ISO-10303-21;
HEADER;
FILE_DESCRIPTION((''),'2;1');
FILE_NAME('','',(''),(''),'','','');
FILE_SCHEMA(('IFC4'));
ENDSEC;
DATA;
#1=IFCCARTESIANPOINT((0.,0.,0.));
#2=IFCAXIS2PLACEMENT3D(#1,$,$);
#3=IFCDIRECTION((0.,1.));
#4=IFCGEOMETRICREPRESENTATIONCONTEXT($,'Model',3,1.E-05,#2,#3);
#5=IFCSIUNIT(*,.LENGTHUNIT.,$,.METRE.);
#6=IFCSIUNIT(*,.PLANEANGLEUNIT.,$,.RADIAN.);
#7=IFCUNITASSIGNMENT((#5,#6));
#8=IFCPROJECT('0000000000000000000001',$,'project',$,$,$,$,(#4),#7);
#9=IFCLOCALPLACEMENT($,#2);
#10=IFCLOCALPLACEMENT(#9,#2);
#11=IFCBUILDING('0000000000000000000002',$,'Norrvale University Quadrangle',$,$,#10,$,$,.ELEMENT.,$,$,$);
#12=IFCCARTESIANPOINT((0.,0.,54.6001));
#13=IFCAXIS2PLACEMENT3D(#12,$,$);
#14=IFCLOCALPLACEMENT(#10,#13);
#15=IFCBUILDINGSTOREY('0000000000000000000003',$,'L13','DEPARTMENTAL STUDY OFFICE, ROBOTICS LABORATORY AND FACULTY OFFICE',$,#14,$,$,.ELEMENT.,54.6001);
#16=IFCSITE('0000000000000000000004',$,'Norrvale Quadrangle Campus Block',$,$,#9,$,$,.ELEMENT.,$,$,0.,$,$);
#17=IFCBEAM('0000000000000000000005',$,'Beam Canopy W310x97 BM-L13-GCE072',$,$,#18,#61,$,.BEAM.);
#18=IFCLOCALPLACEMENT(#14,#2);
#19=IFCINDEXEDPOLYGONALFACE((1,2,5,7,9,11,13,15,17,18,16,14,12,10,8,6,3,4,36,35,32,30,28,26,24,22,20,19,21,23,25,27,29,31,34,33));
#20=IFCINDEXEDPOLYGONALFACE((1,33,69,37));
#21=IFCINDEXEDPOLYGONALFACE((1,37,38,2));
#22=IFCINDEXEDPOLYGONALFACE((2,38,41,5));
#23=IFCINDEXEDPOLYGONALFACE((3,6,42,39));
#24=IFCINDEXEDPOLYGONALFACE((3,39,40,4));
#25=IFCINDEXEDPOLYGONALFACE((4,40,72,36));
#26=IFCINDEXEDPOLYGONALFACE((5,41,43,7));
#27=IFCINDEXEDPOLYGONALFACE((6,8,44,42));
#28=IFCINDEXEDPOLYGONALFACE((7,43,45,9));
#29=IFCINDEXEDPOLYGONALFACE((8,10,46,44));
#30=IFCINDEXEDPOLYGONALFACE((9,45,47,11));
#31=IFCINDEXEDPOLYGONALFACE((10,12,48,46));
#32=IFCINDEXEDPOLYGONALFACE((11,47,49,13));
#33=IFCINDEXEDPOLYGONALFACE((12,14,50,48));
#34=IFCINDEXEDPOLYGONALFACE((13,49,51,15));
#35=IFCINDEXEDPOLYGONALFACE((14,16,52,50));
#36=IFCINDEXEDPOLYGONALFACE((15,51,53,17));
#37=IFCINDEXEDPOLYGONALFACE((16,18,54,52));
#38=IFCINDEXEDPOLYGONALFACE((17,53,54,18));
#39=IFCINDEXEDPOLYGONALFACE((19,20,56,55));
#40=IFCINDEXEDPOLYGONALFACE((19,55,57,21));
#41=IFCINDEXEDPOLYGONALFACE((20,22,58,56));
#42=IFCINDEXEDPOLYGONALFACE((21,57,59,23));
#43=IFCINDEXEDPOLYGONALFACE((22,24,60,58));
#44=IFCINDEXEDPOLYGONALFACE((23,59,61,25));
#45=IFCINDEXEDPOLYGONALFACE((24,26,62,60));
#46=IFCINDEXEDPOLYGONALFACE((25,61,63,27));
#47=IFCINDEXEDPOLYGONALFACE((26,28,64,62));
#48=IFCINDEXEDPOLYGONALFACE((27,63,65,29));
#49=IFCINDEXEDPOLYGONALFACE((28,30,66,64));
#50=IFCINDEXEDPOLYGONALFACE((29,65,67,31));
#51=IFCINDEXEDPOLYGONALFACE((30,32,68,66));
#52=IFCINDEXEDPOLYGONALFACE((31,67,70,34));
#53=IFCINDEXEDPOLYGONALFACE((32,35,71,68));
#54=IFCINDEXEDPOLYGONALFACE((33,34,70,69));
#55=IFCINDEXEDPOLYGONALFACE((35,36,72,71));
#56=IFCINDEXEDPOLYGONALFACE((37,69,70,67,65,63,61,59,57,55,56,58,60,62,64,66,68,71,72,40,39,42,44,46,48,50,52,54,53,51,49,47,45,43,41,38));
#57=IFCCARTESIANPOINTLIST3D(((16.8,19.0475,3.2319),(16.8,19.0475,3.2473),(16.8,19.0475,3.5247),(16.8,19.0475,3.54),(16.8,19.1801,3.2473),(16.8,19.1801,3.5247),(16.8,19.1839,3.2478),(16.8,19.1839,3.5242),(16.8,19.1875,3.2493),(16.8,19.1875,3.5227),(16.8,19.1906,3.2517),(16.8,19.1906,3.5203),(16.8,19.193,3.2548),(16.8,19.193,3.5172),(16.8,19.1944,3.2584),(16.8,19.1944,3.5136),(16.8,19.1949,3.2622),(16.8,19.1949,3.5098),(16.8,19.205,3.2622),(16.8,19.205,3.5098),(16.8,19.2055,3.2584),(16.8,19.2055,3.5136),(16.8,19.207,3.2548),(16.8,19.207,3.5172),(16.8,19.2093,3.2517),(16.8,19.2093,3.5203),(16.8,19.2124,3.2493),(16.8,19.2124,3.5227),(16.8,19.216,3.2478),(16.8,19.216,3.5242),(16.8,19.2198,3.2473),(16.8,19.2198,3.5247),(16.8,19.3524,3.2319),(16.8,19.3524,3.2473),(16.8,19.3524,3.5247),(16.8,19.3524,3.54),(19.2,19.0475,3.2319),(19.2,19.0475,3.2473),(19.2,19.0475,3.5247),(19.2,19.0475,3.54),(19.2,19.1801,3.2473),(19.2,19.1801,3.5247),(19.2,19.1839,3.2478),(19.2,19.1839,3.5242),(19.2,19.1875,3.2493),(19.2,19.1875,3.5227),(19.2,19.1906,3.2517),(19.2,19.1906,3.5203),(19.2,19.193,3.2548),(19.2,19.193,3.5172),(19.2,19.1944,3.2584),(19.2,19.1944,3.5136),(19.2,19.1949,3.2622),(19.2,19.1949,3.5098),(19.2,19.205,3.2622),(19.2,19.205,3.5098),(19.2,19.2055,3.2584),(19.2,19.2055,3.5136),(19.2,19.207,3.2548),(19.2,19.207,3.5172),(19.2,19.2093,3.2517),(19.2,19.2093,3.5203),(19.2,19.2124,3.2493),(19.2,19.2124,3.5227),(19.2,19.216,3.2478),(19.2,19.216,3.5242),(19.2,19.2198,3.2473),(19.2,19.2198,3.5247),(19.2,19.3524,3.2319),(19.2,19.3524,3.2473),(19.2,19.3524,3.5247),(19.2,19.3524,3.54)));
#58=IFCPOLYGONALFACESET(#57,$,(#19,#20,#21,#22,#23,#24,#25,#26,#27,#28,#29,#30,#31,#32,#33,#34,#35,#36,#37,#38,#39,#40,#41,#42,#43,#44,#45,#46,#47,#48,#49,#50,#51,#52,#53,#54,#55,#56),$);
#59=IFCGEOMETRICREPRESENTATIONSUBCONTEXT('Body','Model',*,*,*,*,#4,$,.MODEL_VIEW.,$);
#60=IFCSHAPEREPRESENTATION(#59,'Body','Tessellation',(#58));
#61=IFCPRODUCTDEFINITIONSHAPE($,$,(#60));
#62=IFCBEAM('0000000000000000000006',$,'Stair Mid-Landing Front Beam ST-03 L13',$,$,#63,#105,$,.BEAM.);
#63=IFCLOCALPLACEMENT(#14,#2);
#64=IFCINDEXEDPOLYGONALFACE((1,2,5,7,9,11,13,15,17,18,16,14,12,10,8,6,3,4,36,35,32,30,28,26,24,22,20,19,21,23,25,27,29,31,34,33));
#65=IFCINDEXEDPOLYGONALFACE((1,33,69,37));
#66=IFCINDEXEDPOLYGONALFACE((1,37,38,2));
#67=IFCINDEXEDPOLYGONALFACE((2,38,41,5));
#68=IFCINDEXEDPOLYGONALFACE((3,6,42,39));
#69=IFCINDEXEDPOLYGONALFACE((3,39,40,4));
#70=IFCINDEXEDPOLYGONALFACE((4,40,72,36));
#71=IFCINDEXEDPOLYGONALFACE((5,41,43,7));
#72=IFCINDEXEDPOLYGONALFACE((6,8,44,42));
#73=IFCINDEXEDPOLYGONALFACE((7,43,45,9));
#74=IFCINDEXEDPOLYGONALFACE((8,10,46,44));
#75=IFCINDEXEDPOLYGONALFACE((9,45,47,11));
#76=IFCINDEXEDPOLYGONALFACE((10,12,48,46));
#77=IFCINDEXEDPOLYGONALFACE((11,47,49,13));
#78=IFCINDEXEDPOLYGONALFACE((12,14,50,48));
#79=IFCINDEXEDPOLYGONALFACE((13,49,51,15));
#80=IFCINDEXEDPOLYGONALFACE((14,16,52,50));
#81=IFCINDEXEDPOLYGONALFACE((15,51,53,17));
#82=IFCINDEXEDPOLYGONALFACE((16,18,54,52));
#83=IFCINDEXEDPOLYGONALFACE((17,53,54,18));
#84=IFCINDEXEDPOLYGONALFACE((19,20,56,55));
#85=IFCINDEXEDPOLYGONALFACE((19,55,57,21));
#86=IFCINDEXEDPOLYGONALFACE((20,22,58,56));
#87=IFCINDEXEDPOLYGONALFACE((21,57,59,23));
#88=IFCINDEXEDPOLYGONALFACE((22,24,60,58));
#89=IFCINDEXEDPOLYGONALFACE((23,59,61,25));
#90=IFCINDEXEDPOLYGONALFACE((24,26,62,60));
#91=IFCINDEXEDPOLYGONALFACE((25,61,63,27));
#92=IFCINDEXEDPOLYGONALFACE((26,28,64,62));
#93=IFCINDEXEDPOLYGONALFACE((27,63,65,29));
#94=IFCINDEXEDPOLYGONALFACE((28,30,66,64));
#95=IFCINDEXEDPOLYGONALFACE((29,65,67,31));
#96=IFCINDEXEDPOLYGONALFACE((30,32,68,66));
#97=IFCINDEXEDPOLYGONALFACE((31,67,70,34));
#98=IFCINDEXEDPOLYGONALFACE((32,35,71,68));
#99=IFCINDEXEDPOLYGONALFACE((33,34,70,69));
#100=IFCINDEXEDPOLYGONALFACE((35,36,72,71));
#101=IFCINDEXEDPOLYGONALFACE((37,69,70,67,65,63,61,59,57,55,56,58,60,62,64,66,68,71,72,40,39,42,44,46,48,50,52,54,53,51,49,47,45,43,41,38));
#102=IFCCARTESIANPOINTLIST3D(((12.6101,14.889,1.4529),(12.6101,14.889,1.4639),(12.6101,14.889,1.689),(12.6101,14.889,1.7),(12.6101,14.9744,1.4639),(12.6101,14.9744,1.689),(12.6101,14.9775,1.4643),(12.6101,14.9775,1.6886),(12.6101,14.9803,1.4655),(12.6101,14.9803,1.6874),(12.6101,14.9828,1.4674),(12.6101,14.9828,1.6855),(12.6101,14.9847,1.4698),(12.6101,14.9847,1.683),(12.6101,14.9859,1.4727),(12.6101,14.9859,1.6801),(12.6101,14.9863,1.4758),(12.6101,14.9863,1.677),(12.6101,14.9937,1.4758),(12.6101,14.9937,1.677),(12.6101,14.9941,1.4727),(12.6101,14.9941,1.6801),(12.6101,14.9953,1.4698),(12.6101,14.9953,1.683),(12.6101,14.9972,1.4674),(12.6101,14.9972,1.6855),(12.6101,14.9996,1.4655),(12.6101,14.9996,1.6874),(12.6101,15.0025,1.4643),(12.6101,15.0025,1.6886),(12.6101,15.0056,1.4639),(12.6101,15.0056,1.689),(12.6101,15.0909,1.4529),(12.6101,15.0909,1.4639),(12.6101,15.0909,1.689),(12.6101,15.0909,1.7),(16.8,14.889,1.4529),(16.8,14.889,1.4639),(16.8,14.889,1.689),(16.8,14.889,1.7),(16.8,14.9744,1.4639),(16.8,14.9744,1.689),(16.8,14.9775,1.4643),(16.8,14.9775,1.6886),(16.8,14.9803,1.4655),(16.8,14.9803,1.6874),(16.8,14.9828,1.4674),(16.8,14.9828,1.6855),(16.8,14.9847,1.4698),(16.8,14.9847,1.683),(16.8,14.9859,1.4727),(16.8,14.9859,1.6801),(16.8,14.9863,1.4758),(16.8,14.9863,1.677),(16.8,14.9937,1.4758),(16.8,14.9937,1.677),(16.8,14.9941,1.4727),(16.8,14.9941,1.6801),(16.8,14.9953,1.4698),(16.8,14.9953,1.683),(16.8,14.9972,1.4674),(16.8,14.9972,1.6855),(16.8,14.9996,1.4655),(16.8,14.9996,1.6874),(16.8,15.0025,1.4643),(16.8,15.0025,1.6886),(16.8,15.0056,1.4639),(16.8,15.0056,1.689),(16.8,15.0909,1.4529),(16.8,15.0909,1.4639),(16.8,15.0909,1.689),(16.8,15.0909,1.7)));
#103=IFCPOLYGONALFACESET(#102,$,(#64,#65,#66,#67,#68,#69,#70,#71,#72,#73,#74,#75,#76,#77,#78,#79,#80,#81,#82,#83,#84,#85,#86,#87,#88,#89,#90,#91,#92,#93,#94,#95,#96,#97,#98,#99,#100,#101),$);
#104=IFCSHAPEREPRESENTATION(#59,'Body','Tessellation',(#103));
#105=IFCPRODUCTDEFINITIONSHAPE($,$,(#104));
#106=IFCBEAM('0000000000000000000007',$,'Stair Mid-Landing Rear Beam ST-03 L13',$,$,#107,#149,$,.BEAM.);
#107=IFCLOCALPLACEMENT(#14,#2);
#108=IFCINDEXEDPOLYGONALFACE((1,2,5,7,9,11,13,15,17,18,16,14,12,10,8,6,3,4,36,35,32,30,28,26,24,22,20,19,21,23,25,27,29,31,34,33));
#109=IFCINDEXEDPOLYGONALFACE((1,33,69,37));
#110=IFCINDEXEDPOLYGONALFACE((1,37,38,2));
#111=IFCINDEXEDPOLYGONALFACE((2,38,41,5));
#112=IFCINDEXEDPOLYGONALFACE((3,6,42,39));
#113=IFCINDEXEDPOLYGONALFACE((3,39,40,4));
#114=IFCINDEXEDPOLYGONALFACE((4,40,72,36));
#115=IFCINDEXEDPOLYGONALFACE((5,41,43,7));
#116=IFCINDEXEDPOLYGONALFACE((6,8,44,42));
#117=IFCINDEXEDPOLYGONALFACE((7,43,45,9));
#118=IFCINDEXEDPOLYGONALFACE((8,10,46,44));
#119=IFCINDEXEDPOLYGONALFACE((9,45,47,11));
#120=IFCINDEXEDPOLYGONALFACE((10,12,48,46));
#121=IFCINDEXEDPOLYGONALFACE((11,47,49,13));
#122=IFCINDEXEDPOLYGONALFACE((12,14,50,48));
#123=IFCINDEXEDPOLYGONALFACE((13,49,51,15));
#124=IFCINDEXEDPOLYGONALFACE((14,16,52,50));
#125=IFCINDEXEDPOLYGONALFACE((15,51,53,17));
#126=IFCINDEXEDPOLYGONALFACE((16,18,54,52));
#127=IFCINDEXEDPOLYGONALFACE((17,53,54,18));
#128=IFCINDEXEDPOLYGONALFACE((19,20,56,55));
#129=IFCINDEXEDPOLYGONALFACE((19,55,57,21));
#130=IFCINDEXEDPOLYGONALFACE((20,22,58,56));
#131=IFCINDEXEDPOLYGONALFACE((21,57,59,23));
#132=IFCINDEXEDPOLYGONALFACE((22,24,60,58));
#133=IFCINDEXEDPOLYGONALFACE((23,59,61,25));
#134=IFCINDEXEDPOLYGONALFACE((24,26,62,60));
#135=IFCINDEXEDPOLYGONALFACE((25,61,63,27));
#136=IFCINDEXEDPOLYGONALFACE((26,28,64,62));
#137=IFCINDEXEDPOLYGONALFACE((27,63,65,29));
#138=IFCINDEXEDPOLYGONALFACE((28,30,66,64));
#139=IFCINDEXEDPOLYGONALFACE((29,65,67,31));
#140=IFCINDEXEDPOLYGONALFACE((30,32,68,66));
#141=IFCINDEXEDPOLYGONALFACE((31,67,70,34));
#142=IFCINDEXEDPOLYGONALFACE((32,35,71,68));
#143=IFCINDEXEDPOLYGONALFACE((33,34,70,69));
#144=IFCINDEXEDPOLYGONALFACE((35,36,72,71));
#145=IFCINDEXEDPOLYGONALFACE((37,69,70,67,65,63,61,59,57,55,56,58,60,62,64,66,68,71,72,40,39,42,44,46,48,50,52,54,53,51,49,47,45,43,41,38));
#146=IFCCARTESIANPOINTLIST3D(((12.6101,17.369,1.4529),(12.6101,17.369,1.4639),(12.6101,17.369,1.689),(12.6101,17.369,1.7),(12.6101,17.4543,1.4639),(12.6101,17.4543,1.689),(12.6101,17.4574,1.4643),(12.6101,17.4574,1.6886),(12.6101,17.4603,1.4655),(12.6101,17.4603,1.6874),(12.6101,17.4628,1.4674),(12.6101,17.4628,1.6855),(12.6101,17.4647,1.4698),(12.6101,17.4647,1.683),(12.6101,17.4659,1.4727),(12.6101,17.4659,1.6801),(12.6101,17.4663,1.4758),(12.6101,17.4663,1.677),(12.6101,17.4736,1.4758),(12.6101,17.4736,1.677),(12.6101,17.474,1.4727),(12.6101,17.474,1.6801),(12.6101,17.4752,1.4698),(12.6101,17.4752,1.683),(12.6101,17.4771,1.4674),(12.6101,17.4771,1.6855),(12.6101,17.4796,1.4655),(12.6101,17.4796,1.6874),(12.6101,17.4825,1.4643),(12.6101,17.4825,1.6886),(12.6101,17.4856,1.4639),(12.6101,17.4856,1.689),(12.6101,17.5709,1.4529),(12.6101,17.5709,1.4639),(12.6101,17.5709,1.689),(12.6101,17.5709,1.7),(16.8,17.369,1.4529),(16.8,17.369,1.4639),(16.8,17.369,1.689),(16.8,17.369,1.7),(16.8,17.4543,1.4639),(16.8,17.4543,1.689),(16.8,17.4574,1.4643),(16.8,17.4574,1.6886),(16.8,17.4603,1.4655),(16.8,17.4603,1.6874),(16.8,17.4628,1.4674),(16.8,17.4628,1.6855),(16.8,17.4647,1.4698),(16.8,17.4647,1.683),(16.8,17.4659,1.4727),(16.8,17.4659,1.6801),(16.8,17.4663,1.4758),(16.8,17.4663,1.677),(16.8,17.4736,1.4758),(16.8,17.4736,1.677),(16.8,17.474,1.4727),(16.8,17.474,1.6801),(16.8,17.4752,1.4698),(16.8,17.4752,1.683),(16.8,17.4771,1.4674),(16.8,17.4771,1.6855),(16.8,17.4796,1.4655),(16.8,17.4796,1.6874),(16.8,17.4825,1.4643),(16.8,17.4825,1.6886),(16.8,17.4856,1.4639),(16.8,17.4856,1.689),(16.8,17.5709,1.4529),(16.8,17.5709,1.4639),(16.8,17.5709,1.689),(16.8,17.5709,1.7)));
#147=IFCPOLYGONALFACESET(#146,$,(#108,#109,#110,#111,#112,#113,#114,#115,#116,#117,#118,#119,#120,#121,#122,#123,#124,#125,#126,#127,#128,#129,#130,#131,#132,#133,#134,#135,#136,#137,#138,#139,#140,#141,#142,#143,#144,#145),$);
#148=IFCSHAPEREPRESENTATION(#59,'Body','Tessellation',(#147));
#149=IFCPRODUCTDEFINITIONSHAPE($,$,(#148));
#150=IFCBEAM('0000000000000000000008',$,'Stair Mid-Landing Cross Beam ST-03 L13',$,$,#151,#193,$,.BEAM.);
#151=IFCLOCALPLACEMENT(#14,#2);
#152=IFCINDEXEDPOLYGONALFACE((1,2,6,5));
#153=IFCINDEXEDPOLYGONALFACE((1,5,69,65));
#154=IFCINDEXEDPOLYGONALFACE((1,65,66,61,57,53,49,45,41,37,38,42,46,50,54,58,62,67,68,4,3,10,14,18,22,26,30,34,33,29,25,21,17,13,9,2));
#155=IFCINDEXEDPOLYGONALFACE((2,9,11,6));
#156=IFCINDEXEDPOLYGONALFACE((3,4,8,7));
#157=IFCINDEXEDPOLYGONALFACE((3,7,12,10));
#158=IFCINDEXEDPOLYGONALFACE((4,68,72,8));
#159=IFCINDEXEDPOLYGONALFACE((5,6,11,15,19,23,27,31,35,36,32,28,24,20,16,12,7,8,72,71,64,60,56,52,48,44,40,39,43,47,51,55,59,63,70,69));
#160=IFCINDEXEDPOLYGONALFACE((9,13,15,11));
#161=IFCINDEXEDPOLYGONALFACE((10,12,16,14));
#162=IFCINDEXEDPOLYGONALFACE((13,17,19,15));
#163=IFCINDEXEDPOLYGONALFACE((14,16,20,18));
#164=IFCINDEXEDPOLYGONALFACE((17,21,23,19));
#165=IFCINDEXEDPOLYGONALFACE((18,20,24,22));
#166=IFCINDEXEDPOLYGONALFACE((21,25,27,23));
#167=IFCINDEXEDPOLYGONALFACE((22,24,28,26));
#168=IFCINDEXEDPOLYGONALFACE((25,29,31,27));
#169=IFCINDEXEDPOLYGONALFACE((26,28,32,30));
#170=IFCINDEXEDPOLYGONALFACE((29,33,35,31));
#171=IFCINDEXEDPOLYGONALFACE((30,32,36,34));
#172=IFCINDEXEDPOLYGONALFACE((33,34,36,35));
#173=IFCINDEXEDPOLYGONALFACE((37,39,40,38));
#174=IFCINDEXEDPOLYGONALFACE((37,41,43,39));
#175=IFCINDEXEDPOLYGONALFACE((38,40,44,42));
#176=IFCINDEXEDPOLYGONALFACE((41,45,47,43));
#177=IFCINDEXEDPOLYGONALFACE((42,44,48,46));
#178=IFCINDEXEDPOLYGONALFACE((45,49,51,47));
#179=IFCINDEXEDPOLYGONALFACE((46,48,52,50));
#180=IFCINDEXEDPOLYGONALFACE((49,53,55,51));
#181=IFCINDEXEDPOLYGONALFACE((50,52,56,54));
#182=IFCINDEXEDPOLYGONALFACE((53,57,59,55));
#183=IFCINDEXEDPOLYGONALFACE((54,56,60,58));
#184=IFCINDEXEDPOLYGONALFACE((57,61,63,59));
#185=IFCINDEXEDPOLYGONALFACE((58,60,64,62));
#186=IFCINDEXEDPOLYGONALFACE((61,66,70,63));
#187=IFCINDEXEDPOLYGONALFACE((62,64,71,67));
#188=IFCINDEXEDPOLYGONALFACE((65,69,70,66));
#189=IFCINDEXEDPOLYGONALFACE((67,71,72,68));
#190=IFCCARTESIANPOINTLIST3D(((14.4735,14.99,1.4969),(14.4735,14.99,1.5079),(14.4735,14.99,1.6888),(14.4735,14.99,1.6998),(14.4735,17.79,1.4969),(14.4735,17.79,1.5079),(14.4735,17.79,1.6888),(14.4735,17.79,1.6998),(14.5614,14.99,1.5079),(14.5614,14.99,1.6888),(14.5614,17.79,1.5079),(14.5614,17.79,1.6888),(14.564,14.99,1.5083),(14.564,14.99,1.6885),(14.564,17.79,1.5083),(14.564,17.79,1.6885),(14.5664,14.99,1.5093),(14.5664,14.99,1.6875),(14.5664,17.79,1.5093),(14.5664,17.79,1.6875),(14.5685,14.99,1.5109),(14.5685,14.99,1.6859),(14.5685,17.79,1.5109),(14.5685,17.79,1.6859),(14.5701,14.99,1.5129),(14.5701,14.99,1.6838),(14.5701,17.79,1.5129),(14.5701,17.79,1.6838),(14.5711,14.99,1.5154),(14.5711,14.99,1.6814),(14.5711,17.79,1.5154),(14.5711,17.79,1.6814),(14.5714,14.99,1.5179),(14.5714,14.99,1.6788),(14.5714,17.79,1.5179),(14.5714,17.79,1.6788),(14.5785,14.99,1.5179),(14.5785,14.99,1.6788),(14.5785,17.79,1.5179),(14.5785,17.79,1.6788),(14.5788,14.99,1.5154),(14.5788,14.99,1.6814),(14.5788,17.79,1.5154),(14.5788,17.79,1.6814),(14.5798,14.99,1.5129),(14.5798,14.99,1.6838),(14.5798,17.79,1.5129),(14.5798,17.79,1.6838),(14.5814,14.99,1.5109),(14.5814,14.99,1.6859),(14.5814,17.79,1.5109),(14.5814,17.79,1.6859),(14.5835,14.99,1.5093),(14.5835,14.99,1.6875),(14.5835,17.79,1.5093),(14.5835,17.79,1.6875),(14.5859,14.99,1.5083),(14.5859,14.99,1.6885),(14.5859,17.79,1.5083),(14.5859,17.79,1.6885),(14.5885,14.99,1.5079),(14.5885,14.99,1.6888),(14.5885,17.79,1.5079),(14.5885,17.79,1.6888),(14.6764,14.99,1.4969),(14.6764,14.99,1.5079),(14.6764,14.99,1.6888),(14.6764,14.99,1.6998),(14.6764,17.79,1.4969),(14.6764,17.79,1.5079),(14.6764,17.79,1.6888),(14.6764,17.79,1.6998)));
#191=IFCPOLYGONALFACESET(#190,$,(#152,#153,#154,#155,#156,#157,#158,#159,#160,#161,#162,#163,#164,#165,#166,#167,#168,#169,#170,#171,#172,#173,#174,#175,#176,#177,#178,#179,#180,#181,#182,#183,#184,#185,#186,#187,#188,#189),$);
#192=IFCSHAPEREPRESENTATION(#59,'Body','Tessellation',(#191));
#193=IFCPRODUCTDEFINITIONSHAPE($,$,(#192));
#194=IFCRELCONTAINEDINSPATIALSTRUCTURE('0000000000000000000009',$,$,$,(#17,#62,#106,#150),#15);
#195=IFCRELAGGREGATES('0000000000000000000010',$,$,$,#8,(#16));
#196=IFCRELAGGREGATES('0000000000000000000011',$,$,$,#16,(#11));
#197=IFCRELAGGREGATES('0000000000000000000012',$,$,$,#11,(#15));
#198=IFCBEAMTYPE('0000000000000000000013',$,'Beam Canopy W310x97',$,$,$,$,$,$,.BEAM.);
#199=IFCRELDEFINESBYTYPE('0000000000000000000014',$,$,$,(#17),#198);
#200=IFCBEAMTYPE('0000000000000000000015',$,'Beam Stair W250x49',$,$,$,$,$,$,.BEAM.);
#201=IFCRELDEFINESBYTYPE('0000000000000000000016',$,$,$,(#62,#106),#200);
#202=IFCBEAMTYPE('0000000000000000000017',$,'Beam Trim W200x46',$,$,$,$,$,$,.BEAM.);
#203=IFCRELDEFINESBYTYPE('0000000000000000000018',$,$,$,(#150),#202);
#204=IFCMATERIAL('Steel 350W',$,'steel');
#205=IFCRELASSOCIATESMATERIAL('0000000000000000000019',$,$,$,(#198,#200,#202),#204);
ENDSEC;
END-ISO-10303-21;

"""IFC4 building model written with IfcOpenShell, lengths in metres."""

from ifc_helpers import new_model, si_unit, direction, frame, origin, origin_2d, place, context, subcontext, project, spatial, i_section, extrude, material, material_profile, profile_set, type_object, element, save


model = new_model("IFC4")

# Units and contexts
model_context = context("Model", 3, precision=1e-05, world=origin(), true_north=direction((0.0, 1.0)))
body_context = subcontext(model_context, "Body", "Model", "MODEL_VIEW")
ifc_project = project(units=[si_unit("LENGTHUNIT", "METRE"), si_unit("PLANEANGLEUNIT", "RADIAN")], contexts=[model_context])

# Site, building, storey
site_placement = place(None, origin())
site = spatial("IfcSite", under=ifc_project, at=site_placement, Name="Norrvale Quadrangle Campus Block", CompositionType="ELEMENT", RefElevation=0.0)
building_placement = place(site_placement, origin())
building = spatial("IfcBuilding", under=site, at=building_placement, Name="Norrvale University Quadrangle", CompositionType="ELEMENT")
storey_placement = place(building_placement, frame((0.0, 0.0, 54.6001)))
storey = spatial("IfcBuildingStorey", under=building, at=storey_placement, Name="L13", Description="DEPARTMENTAL STUDY OFFICE, ROBOTICS LABORATORY AND FACULTY OFFICE", CompositionType="ELEMENT", Elevation=54.6001)

# Beams
ifc_material_1 = material(Name="Steel 350W", Category="steel")
ifc_material_profile_1 = material_profile(ifc_material_1, i_section(OverallWidth=0.3049, OverallDepth=0.3081, WebThickness=0.01, FlangeThickness=0.0154, FilletRadius=0.0149, at=origin_2d()), Name="Steel 350W")
ifc_profile_set_1 = profile_set([ifc_material_profile_1], Name="Steel 350W")
beam_type_1 = type_object("IfcBeamType", Name="Beam Canopy W310x97", PredefinedType="BEAM", material=ifc_profile_set_1)
beam_1_placement = place(storey_placement, frame((16.8, 19.2, 3.386), z_axis=(1.0, 0.0, 0.0), x_axis=(0.0, 1.0, 0.0)))
element("IfcBeam", 1, at=beam_1_placement, inside=storey, type_object=beam_type_1, Name="Beam Canopy W310x97 BM-L13-GCE072", PredefinedType="BEAM", context=body_context, shape_type="SweptSolid", body=[
    extrude(i_section(OverallWidth=0.3049, OverallDepth=0.3081, WebThickness=0.01, FlangeThickness=0.0154, FilletRadius=0.0149, at=origin_2d()), origin(), (0.0, 0.0, 1.0), 2.3999),
])
ifc_material_profile_2 = material_profile(ifc_material_1, i_section(OverallWidth=0.2019, OverallDepth=0.2471, WebThickness=0.0073, FlangeThickness=0.011, FilletRadius=0.012, at=origin_2d()), Name="Steel 350W")
ifc_profile_set_2 = profile_set([ifc_material_profile_2], Name="Steel 350W")
beam_type_2 = type_object("IfcBeamType", Name="Beam Stair W250x49", PredefinedType="BEAM", material=ifc_profile_set_2)
for number, where, z_axis, x_axis, name in (
    (2, (12.6101, 14.99, 1.5764), (1.0, 0.0, 0.0), (0.0, 1.0, 0.0), "Stair Mid-Landing Front Beam ST-03 L13"),
    (3, (12.6101, 17.47, 1.5764), (1.0, 0.0, 0.0), (0.0, 1.0, 0.0), "Stair Mid-Landing Rear Beam ST-03 L13"),
):
    element("IfcBeam", number, at=place(storey_placement, frame(where, z_axis=z_axis, x_axis=x_axis)), inside=storey, type_object=beam_type_2, Name=name, PredefinedType="BEAM", context=body_context, shape_type="SweptSolid", body=[
        extrude(i_section(OverallWidth=0.2019, OverallDepth=0.2471, WebThickness=0.0073, FlangeThickness=0.011, FilletRadius=0.012, at=origin_2d()), origin(), (0.0, 0.0, 1.0), 4.1899),
    ])
ifc_material_profile_3 = material_profile(ifc_material_1, i_section(OverallWidth=0.2029, OverallDepth=0.2029, WebThickness=0.0071, FlangeThickness=0.011, FilletRadius=0.01, at=origin_2d()), Name="Steel 350W")
ifc_profile_set_3 = profile_set([ifc_material_profile_3], Name="Steel 350W")
beam_type_3 = type_object("IfcBeamType", Name="Beam Trim W200x46", PredefinedType="BEAM", material=ifc_profile_set_3)
beam_2_placement = place(storey_placement, frame((14.575, 14.99, 1.5984), z_axis=(0.0, 1.0, 0.0), x_axis=(-1.0, 0.0, 0.0)))
element("IfcBeam", 4, at=beam_2_placement, inside=storey, type_object=beam_type_3, Name="Stair Mid-Landing Cross Beam ST-03 L13", PredefinedType="BEAM", context=body_context, shape_type="SweptSolid", body=[
    extrude(i_section(OverallWidth=0.2029, OverallDepth=0.2029, WebThickness=0.0071, FlangeThickness=0.011, FilletRadius=0.01, at=origin_2d()), origin(), (0.0, 0.0, 1.0), 2.8),
])

save(model, "model.ifc")
